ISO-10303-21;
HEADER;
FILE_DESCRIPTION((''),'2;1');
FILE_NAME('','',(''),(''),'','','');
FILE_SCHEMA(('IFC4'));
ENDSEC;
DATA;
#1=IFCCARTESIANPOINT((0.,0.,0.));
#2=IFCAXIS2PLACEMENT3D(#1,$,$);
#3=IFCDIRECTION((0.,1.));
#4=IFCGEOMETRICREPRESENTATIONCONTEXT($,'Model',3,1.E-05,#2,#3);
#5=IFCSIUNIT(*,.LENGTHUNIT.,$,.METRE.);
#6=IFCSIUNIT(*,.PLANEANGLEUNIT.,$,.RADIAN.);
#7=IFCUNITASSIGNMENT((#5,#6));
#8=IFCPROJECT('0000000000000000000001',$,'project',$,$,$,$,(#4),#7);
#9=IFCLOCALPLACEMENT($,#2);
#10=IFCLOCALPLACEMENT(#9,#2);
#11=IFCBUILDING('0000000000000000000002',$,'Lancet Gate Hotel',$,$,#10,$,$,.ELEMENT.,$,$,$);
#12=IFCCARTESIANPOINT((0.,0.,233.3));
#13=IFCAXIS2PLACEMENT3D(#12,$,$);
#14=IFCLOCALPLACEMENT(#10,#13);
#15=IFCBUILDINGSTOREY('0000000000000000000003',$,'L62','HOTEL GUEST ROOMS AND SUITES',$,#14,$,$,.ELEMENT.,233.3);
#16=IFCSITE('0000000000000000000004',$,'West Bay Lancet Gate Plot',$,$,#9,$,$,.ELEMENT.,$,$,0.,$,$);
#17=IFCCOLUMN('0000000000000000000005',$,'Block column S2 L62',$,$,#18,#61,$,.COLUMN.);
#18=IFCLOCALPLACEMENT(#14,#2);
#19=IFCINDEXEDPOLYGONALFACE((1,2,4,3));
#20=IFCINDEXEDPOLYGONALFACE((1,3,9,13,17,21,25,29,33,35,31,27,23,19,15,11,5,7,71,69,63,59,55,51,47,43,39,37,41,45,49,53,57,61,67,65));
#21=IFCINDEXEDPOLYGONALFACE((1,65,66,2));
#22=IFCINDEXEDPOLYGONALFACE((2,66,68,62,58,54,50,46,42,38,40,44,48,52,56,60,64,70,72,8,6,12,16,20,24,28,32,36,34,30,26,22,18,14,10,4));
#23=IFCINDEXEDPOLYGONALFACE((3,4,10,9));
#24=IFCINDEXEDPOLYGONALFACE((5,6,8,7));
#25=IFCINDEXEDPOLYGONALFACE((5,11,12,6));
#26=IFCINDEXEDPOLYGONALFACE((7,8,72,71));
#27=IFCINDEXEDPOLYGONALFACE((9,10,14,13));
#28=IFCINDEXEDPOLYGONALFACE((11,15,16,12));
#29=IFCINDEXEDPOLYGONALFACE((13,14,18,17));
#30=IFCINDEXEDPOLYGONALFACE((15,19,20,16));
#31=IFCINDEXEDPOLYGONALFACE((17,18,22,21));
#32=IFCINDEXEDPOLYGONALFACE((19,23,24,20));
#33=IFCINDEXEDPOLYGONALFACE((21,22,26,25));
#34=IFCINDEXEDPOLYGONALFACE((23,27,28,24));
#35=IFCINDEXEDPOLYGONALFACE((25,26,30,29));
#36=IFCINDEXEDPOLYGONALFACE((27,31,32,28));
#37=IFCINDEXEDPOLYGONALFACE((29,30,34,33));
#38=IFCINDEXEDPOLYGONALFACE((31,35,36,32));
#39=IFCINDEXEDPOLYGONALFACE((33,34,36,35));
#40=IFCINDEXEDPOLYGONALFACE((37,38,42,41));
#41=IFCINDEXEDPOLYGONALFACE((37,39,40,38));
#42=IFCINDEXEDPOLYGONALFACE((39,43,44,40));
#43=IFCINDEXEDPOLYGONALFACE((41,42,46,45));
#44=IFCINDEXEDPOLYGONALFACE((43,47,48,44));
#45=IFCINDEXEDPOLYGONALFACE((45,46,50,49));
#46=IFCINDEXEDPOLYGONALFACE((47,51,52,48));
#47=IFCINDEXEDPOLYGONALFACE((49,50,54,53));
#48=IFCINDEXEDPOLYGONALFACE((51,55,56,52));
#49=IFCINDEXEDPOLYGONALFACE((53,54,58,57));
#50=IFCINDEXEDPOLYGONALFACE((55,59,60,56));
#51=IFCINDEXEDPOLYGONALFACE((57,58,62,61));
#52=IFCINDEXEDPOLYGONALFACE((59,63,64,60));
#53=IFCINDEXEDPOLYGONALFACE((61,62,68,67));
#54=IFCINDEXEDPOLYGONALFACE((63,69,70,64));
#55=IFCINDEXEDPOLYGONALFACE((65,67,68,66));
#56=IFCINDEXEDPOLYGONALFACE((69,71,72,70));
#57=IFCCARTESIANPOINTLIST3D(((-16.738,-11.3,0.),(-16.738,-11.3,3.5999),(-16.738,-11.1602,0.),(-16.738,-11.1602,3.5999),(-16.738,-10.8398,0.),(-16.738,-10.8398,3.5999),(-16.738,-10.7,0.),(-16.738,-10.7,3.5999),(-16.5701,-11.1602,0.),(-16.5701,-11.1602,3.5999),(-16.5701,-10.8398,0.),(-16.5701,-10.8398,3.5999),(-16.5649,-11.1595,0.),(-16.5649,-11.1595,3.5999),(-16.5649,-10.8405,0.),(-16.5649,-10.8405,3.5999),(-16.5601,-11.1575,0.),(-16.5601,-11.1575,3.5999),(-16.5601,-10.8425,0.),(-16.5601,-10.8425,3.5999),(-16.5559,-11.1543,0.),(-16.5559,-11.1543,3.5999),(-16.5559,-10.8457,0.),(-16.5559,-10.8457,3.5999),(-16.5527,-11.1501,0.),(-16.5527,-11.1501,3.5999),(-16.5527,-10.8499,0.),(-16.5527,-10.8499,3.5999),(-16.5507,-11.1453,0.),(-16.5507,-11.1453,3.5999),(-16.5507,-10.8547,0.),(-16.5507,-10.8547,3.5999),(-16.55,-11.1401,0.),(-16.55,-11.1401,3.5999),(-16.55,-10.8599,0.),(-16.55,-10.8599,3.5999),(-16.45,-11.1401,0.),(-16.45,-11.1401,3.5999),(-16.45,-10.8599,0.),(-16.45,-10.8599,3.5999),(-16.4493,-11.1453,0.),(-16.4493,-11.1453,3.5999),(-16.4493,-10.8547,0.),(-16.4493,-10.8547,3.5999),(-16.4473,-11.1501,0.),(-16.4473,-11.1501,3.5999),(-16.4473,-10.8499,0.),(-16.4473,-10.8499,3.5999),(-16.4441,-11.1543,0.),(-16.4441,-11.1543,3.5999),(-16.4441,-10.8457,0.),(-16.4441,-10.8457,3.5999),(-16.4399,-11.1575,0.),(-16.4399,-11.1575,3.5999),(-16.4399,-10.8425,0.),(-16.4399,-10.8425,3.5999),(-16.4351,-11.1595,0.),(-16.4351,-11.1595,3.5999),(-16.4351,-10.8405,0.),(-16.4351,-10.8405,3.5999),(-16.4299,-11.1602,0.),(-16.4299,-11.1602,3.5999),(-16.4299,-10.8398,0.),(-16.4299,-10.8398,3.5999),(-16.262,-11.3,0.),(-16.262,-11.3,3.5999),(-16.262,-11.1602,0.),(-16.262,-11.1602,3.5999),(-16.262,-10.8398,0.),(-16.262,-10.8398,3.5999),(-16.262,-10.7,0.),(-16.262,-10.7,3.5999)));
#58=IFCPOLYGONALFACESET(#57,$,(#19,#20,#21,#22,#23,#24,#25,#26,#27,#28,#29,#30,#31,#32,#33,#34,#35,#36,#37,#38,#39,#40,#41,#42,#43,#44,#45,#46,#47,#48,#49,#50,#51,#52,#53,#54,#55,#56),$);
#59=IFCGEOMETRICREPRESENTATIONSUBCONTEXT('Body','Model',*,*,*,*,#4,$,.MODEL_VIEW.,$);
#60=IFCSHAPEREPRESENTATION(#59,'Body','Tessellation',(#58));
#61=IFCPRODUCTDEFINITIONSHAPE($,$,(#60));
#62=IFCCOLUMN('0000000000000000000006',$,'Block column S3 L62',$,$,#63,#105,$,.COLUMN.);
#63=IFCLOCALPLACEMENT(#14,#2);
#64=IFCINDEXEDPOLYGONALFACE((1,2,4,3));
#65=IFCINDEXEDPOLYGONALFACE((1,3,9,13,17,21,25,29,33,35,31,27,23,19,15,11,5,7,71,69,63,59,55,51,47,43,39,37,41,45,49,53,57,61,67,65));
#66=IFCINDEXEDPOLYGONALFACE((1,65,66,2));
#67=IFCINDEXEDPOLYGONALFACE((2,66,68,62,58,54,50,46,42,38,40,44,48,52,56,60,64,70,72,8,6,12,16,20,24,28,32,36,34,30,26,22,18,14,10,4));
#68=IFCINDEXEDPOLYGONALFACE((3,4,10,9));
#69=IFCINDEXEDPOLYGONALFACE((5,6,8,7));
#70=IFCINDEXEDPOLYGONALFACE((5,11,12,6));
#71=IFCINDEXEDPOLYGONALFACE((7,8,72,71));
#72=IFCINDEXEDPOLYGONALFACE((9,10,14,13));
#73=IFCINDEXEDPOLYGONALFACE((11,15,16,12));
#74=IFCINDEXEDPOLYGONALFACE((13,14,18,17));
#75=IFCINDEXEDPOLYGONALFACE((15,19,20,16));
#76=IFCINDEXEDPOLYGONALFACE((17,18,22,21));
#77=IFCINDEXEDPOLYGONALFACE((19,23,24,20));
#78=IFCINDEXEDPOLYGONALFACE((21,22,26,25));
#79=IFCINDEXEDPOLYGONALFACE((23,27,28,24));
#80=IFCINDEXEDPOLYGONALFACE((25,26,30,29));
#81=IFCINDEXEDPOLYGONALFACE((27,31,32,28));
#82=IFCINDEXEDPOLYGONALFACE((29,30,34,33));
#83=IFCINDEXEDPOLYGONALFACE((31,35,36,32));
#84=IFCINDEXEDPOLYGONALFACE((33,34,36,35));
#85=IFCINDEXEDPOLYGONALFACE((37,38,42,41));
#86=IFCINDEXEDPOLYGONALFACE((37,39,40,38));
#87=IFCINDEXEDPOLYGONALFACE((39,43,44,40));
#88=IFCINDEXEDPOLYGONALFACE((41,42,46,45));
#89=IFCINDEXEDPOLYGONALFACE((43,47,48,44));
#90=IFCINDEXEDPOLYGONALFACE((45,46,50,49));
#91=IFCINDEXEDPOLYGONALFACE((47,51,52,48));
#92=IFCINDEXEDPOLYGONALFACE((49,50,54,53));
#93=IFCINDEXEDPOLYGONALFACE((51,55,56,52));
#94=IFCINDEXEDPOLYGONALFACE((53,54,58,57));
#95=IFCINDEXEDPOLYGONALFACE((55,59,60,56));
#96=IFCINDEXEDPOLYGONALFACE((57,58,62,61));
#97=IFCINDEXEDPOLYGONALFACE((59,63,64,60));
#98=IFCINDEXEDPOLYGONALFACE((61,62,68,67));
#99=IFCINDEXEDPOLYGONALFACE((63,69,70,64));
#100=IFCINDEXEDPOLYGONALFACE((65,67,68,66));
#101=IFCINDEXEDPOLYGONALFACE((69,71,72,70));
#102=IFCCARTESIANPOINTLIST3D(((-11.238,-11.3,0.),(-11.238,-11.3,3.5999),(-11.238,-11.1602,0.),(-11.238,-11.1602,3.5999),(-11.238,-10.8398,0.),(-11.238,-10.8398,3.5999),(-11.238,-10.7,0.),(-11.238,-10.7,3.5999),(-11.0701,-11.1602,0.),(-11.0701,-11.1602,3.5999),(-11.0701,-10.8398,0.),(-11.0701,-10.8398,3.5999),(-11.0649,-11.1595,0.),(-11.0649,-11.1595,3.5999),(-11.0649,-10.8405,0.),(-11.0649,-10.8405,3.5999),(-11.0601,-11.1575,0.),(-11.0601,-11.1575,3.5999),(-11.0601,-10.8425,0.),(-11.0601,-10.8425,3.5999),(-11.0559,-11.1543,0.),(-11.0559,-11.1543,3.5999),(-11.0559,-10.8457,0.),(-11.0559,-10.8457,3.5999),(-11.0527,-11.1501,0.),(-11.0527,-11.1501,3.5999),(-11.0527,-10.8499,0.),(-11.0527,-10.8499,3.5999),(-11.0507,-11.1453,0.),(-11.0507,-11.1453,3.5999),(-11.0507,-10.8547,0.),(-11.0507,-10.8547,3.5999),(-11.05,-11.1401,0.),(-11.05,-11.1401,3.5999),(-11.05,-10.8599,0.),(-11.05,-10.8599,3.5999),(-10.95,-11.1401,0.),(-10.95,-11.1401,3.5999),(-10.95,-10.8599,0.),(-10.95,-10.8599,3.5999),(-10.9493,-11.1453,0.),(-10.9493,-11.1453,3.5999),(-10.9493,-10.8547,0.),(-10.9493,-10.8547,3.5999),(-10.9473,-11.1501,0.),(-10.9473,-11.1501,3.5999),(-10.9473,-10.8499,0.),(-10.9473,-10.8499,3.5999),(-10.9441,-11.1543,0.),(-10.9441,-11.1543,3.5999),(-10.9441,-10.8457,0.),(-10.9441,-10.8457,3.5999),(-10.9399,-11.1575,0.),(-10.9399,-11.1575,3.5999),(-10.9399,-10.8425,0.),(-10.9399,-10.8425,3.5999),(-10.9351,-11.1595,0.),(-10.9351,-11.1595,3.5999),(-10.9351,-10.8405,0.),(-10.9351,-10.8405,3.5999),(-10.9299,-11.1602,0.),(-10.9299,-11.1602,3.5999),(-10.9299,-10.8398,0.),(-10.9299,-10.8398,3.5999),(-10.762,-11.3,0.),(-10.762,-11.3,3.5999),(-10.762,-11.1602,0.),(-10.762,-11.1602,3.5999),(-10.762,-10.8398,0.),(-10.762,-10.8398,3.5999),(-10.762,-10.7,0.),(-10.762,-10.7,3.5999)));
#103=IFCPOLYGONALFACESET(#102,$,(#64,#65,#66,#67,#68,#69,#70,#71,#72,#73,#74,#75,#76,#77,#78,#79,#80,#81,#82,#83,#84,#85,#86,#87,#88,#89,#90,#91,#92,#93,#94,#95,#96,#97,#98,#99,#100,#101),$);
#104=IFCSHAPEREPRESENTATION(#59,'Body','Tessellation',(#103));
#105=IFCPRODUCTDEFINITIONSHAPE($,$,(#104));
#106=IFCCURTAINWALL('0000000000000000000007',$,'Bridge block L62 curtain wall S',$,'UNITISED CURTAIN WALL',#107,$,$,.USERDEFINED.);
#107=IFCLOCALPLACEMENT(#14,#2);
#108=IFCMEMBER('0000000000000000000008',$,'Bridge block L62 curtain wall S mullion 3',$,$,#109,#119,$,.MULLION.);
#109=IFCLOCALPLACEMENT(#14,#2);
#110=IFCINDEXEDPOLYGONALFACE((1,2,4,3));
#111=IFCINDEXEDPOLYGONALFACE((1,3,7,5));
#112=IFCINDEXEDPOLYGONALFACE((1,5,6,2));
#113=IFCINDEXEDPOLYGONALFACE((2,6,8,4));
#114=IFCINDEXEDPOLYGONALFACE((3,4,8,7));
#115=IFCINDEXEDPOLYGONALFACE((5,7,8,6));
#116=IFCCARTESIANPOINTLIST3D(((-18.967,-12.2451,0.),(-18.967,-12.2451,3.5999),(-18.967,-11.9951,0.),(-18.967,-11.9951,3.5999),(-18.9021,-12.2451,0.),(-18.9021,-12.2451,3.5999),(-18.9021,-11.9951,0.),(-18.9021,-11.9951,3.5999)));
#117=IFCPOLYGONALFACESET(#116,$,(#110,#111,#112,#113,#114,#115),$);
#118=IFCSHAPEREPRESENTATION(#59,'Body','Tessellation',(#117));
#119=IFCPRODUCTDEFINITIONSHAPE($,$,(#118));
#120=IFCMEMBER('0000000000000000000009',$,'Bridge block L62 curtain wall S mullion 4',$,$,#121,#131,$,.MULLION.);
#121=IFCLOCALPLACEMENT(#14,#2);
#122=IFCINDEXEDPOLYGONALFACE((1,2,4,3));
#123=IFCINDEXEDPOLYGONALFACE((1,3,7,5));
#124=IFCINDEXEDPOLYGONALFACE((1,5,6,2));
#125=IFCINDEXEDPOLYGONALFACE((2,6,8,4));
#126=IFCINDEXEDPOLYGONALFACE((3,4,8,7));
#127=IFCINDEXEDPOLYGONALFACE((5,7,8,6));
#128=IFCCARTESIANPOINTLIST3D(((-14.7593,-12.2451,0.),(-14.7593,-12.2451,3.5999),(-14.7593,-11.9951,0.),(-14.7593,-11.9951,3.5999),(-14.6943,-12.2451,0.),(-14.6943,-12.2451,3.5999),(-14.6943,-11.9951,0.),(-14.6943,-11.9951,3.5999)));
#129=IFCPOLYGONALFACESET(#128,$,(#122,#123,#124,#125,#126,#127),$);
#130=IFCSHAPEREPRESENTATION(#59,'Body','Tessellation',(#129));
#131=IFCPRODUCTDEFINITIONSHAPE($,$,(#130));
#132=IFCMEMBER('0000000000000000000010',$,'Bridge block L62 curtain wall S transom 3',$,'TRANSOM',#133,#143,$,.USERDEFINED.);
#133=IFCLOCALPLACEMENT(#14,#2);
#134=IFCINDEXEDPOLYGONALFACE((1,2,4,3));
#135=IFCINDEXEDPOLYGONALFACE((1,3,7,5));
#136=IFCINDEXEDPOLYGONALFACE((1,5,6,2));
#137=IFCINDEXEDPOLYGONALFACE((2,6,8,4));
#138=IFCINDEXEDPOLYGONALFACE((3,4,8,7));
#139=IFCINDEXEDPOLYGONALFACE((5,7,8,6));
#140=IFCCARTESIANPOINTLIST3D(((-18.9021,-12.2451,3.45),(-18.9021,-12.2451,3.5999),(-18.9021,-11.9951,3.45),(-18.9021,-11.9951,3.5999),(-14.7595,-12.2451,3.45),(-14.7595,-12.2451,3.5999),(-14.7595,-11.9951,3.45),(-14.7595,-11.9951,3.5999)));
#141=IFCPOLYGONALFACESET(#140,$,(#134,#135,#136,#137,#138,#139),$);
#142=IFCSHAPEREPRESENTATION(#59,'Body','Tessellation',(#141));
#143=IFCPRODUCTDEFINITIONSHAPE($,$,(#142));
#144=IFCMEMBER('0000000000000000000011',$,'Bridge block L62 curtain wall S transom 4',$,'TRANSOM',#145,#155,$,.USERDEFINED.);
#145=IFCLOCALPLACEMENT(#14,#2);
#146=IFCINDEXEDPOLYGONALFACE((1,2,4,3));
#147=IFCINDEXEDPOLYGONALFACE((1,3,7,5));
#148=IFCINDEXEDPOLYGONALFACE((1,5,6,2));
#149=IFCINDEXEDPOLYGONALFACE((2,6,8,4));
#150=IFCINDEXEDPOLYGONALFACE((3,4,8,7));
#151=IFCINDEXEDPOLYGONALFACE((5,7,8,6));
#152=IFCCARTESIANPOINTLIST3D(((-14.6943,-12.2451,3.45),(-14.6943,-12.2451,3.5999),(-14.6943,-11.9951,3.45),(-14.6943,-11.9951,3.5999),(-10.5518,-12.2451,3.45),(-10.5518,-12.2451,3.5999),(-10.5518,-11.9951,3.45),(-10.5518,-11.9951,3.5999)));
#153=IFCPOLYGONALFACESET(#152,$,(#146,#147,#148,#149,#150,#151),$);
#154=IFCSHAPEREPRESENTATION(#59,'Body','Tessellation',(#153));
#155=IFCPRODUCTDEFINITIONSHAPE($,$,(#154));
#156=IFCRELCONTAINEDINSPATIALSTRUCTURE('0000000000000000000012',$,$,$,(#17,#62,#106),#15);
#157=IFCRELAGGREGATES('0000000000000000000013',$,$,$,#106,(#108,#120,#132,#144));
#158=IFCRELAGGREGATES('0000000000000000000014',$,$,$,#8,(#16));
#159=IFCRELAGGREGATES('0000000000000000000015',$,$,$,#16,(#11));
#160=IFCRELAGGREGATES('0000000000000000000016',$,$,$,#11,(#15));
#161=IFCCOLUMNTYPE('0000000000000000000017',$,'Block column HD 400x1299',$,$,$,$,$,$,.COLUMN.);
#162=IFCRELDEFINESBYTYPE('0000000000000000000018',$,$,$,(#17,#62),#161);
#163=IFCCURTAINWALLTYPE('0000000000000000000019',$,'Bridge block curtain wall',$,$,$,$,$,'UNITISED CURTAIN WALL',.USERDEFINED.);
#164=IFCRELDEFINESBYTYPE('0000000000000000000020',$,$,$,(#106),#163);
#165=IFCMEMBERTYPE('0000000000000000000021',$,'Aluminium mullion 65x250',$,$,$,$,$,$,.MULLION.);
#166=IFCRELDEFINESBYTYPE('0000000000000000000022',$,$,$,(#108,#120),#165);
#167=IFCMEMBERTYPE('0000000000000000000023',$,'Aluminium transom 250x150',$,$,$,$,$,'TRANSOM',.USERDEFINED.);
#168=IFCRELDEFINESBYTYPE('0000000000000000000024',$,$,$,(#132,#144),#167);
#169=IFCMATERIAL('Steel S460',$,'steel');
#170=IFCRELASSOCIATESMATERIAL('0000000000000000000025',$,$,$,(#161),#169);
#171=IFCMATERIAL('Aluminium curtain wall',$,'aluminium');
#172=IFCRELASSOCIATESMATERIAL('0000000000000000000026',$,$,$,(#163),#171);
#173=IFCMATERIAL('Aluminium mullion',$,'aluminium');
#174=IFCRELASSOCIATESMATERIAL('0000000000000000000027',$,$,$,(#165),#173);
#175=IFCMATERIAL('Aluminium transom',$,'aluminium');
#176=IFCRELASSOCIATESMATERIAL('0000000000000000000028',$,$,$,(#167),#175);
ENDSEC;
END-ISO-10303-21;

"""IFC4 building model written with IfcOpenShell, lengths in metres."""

from ifc_helpers import new_model, si_unit, direction, frame, origin, origin_2d, place, context, subcontext, project, spatial, rectangle, i_section, extrude, material, material_profile, profile_set, type_object, element, aggregate, save


model = new_model("IFC4")

# Units and contexts
model_context = context("Model", 3, precision=1e-05, world=origin(), true_north=direction((0.0, 1.0)))
body_context = subcontext(model_context, "Body", "Model", "MODEL_VIEW")
ifc_project = project(units=[si_unit("LENGTHUNIT", "METRE"), si_unit("PLANEANGLEUNIT", "RADIAN")], contexts=[model_context])

# Site, building, storey
site_placement = place(None, origin())
site = spatial("IfcSite", under=ifc_project, at=site_placement, Name="West Bay Lancet Gate Plot", CompositionType="ELEMENT", RefElevation=0.0)
building_placement = place(site_placement, origin())
building = spatial("IfcBuilding", under=site, at=building_placement, Name="Lancet Gate Hotel", CompositionType="ELEMENT")
storey_placement = place(building_placement, frame((0.0, 0.0, 233.3)))
storey = spatial("IfcBuildingStorey", under=building, at=storey_placement, Name="L62", Description="HOTEL GUEST ROOMS AND SUITES", CompositionType="ELEMENT", Elevation=233.3)

# Columns
ifc_material_1 = material(Name="Steel S460", Category="steel")
ifc_material_profile_1 = material_profile(ifc_material_1, i_section(OverallWidth=0.4761, OverallDepth=0.6001, WebThickness=0.1001, FlangeThickness=0.1399, FilletRadius=0.02, at=origin_2d()), Name="HD 400x1299")
ifc_profile_set_1 = profile_set([ifc_material_profile_1], Name="Steel S460")
column_type = type_object("IfcColumnType", Name="Block column HD 400x1299", PredefinedType="COLUMN", material=ifc_profile_set_1)
for number, where, z_axis, x_axis, name in (
    (1, (-16.5, -11.0, 0.0), (0.0, 0.0, 1.0), (1.0, 0.0, 0.0), "Block column S2 L62"),
    (2, (-11.0, -11.0, 0.0), (0.0, 0.0, 1.0), (1.0, 0.0, 0.0), "Block column S3 L62"),
):
    element("IfcColumn", number, at=place(storey_placement, frame(where, z_axis=z_axis, x_axis=x_axis)), inside=storey, type_object=column_type, Name=name, PredefinedType="COLUMN", context=body_context, shape_type="SweptSolid", body=[
        extrude(i_section(OverallWidth=0.4761, OverallDepth=0.6001, WebThickness=0.1001, FlangeThickness=0.1399, FilletRadius=0.02, at=origin_2d()), origin(), (0.0, 0.0, 1.0), 3.5999),
    ])

# Curtain wall, members
ifc_material_2 = material(Name="Aluminium curtain wall", Category="aluminium")
curtain_wall_type = type_object("IfcCurtainWallType", Name="Bridge block curtain wall", ElementType="UNITISED CURTAIN WALL", PredefinedType="USERDEFINED", material=ifc_material_2)
curtain_wall_placement = place(storey_placement, origin())
curtain_wall = element("IfcCurtainWall", 3, at=curtain_wall_placement, inside=storey, type_object=curtain_wall_type, Name="Bridge block L62 curtain wall S", ObjectType="UNITISED CURTAIN WALL", PredefinedType="USERDEFINED")
ifc_material_3 = material(Name="Aluminium mullion", Category="aluminium")
ifc_material_profile_2 = material_profile(ifc_material_3, rectangle(XDim=0.0649, YDim=0.25, at=origin_2d()), Name="MULLION 65x250")
ifc_profile_set_2 = profile_set([ifc_material_profile_2], Name="Aluminium mullion")
member_type_1 = type_object("IfcMemberType", Name="Aluminium mullion 65x250", PredefinedType="MULLION", material=ifc_profile_set_2)
member_1_placement = place(storey_placement, frame((-18.9346, -12.1201, 0.0), z_axis=(0.0, 0.0, 1.0), x_axis=(1.0, 0.0, 0.0)))
member_1 = element("IfcMember", 4, at=member_1_placement, type_object=member_type_1, Name="Bridge block L62 curtain wall S mullion 3", PredefinedType="MULLION", context=body_context, shape_type="SweptSolid", body=[
    extrude(rectangle(XDim=0.0649, YDim=0.25, at=origin_2d()), origin(), (0.0, 0.0, 1.0), 3.5999),
])
member_2_placement = place(storey_placement, frame((-14.7268, -12.1201, 0.0), z_axis=(0.0, 0.0, 1.0), x_axis=(1.0, 0.0, 0.0)))
member_2 = element("IfcMember", 5, at=member_2_placement, type_object=member_type_1, Name="Bridge block L62 curtain wall S mullion 4", PredefinedType="MULLION", context=body_context, shape_type="SweptSolid", body=[
    extrude(rectangle(XDim=0.0649, YDim=0.25, at=origin_2d()), origin(), (0.0, 0.0, 1.0), 3.5999),
])
ifc_material_4 = material(Name="Aluminium transom", Category="aluminium")
ifc_material_profile_3 = material_profile(ifc_material_4, rectangle(XDim=0.25, YDim=0.1499, at=origin_2d()), Name="TRANSOM 250x150")
ifc_profile_set_3 = profile_set([ifc_material_profile_3], Name="Aluminium transom")
member_type_2 = type_object("IfcMemberType", Name="Aluminium transom 250x150", ElementType="TRANSOM", PredefinedType="USERDEFINED", material=ifc_profile_set_3)
member_3_placement = place(storey_placement, frame((-18.9021, -12.1201, 3.5249), z_axis=(1.0, 0.0, 0.0), x_axis=(0.0, 1.0, 0.0)))
member_3 = element("IfcMember", 6, at=member_3_placement, type_object=member_type_2, Name="Bridge block L62 curtain wall S transom 3", ObjectType="TRANSOM", PredefinedType="USERDEFINED", context=body_context, shape_type="SweptSolid", body=[
    extrude(rectangle(XDim=0.25, YDim=0.1499, at=origin_2d()), origin(), (0.0, 0.0, 1.0), 4.1426),
])
member_4_placement = place(storey_placement, frame((-14.6943, -12.1201, 3.5249), z_axis=(1.0, 0.0, 0.0), x_axis=(0.0, 1.0, 0.0)))
member_4 = element("IfcMember", 7, at=member_4_placement, type_object=member_type_2, Name="Bridge block L62 curtain wall S transom 4", ObjectType="TRANSOM", PredefinedType="USERDEFINED", context=body_context, shape_type="SweptSolid", body=[
    extrude(rectangle(XDim=0.25, YDim=0.1499, at=origin_2d()), origin(), (0.0, 0.0, 1.0), 4.1426),
])

aggregate(curtain_wall, [member_1, member_2, member_3, member_4])

save(model, "model.ifc")
